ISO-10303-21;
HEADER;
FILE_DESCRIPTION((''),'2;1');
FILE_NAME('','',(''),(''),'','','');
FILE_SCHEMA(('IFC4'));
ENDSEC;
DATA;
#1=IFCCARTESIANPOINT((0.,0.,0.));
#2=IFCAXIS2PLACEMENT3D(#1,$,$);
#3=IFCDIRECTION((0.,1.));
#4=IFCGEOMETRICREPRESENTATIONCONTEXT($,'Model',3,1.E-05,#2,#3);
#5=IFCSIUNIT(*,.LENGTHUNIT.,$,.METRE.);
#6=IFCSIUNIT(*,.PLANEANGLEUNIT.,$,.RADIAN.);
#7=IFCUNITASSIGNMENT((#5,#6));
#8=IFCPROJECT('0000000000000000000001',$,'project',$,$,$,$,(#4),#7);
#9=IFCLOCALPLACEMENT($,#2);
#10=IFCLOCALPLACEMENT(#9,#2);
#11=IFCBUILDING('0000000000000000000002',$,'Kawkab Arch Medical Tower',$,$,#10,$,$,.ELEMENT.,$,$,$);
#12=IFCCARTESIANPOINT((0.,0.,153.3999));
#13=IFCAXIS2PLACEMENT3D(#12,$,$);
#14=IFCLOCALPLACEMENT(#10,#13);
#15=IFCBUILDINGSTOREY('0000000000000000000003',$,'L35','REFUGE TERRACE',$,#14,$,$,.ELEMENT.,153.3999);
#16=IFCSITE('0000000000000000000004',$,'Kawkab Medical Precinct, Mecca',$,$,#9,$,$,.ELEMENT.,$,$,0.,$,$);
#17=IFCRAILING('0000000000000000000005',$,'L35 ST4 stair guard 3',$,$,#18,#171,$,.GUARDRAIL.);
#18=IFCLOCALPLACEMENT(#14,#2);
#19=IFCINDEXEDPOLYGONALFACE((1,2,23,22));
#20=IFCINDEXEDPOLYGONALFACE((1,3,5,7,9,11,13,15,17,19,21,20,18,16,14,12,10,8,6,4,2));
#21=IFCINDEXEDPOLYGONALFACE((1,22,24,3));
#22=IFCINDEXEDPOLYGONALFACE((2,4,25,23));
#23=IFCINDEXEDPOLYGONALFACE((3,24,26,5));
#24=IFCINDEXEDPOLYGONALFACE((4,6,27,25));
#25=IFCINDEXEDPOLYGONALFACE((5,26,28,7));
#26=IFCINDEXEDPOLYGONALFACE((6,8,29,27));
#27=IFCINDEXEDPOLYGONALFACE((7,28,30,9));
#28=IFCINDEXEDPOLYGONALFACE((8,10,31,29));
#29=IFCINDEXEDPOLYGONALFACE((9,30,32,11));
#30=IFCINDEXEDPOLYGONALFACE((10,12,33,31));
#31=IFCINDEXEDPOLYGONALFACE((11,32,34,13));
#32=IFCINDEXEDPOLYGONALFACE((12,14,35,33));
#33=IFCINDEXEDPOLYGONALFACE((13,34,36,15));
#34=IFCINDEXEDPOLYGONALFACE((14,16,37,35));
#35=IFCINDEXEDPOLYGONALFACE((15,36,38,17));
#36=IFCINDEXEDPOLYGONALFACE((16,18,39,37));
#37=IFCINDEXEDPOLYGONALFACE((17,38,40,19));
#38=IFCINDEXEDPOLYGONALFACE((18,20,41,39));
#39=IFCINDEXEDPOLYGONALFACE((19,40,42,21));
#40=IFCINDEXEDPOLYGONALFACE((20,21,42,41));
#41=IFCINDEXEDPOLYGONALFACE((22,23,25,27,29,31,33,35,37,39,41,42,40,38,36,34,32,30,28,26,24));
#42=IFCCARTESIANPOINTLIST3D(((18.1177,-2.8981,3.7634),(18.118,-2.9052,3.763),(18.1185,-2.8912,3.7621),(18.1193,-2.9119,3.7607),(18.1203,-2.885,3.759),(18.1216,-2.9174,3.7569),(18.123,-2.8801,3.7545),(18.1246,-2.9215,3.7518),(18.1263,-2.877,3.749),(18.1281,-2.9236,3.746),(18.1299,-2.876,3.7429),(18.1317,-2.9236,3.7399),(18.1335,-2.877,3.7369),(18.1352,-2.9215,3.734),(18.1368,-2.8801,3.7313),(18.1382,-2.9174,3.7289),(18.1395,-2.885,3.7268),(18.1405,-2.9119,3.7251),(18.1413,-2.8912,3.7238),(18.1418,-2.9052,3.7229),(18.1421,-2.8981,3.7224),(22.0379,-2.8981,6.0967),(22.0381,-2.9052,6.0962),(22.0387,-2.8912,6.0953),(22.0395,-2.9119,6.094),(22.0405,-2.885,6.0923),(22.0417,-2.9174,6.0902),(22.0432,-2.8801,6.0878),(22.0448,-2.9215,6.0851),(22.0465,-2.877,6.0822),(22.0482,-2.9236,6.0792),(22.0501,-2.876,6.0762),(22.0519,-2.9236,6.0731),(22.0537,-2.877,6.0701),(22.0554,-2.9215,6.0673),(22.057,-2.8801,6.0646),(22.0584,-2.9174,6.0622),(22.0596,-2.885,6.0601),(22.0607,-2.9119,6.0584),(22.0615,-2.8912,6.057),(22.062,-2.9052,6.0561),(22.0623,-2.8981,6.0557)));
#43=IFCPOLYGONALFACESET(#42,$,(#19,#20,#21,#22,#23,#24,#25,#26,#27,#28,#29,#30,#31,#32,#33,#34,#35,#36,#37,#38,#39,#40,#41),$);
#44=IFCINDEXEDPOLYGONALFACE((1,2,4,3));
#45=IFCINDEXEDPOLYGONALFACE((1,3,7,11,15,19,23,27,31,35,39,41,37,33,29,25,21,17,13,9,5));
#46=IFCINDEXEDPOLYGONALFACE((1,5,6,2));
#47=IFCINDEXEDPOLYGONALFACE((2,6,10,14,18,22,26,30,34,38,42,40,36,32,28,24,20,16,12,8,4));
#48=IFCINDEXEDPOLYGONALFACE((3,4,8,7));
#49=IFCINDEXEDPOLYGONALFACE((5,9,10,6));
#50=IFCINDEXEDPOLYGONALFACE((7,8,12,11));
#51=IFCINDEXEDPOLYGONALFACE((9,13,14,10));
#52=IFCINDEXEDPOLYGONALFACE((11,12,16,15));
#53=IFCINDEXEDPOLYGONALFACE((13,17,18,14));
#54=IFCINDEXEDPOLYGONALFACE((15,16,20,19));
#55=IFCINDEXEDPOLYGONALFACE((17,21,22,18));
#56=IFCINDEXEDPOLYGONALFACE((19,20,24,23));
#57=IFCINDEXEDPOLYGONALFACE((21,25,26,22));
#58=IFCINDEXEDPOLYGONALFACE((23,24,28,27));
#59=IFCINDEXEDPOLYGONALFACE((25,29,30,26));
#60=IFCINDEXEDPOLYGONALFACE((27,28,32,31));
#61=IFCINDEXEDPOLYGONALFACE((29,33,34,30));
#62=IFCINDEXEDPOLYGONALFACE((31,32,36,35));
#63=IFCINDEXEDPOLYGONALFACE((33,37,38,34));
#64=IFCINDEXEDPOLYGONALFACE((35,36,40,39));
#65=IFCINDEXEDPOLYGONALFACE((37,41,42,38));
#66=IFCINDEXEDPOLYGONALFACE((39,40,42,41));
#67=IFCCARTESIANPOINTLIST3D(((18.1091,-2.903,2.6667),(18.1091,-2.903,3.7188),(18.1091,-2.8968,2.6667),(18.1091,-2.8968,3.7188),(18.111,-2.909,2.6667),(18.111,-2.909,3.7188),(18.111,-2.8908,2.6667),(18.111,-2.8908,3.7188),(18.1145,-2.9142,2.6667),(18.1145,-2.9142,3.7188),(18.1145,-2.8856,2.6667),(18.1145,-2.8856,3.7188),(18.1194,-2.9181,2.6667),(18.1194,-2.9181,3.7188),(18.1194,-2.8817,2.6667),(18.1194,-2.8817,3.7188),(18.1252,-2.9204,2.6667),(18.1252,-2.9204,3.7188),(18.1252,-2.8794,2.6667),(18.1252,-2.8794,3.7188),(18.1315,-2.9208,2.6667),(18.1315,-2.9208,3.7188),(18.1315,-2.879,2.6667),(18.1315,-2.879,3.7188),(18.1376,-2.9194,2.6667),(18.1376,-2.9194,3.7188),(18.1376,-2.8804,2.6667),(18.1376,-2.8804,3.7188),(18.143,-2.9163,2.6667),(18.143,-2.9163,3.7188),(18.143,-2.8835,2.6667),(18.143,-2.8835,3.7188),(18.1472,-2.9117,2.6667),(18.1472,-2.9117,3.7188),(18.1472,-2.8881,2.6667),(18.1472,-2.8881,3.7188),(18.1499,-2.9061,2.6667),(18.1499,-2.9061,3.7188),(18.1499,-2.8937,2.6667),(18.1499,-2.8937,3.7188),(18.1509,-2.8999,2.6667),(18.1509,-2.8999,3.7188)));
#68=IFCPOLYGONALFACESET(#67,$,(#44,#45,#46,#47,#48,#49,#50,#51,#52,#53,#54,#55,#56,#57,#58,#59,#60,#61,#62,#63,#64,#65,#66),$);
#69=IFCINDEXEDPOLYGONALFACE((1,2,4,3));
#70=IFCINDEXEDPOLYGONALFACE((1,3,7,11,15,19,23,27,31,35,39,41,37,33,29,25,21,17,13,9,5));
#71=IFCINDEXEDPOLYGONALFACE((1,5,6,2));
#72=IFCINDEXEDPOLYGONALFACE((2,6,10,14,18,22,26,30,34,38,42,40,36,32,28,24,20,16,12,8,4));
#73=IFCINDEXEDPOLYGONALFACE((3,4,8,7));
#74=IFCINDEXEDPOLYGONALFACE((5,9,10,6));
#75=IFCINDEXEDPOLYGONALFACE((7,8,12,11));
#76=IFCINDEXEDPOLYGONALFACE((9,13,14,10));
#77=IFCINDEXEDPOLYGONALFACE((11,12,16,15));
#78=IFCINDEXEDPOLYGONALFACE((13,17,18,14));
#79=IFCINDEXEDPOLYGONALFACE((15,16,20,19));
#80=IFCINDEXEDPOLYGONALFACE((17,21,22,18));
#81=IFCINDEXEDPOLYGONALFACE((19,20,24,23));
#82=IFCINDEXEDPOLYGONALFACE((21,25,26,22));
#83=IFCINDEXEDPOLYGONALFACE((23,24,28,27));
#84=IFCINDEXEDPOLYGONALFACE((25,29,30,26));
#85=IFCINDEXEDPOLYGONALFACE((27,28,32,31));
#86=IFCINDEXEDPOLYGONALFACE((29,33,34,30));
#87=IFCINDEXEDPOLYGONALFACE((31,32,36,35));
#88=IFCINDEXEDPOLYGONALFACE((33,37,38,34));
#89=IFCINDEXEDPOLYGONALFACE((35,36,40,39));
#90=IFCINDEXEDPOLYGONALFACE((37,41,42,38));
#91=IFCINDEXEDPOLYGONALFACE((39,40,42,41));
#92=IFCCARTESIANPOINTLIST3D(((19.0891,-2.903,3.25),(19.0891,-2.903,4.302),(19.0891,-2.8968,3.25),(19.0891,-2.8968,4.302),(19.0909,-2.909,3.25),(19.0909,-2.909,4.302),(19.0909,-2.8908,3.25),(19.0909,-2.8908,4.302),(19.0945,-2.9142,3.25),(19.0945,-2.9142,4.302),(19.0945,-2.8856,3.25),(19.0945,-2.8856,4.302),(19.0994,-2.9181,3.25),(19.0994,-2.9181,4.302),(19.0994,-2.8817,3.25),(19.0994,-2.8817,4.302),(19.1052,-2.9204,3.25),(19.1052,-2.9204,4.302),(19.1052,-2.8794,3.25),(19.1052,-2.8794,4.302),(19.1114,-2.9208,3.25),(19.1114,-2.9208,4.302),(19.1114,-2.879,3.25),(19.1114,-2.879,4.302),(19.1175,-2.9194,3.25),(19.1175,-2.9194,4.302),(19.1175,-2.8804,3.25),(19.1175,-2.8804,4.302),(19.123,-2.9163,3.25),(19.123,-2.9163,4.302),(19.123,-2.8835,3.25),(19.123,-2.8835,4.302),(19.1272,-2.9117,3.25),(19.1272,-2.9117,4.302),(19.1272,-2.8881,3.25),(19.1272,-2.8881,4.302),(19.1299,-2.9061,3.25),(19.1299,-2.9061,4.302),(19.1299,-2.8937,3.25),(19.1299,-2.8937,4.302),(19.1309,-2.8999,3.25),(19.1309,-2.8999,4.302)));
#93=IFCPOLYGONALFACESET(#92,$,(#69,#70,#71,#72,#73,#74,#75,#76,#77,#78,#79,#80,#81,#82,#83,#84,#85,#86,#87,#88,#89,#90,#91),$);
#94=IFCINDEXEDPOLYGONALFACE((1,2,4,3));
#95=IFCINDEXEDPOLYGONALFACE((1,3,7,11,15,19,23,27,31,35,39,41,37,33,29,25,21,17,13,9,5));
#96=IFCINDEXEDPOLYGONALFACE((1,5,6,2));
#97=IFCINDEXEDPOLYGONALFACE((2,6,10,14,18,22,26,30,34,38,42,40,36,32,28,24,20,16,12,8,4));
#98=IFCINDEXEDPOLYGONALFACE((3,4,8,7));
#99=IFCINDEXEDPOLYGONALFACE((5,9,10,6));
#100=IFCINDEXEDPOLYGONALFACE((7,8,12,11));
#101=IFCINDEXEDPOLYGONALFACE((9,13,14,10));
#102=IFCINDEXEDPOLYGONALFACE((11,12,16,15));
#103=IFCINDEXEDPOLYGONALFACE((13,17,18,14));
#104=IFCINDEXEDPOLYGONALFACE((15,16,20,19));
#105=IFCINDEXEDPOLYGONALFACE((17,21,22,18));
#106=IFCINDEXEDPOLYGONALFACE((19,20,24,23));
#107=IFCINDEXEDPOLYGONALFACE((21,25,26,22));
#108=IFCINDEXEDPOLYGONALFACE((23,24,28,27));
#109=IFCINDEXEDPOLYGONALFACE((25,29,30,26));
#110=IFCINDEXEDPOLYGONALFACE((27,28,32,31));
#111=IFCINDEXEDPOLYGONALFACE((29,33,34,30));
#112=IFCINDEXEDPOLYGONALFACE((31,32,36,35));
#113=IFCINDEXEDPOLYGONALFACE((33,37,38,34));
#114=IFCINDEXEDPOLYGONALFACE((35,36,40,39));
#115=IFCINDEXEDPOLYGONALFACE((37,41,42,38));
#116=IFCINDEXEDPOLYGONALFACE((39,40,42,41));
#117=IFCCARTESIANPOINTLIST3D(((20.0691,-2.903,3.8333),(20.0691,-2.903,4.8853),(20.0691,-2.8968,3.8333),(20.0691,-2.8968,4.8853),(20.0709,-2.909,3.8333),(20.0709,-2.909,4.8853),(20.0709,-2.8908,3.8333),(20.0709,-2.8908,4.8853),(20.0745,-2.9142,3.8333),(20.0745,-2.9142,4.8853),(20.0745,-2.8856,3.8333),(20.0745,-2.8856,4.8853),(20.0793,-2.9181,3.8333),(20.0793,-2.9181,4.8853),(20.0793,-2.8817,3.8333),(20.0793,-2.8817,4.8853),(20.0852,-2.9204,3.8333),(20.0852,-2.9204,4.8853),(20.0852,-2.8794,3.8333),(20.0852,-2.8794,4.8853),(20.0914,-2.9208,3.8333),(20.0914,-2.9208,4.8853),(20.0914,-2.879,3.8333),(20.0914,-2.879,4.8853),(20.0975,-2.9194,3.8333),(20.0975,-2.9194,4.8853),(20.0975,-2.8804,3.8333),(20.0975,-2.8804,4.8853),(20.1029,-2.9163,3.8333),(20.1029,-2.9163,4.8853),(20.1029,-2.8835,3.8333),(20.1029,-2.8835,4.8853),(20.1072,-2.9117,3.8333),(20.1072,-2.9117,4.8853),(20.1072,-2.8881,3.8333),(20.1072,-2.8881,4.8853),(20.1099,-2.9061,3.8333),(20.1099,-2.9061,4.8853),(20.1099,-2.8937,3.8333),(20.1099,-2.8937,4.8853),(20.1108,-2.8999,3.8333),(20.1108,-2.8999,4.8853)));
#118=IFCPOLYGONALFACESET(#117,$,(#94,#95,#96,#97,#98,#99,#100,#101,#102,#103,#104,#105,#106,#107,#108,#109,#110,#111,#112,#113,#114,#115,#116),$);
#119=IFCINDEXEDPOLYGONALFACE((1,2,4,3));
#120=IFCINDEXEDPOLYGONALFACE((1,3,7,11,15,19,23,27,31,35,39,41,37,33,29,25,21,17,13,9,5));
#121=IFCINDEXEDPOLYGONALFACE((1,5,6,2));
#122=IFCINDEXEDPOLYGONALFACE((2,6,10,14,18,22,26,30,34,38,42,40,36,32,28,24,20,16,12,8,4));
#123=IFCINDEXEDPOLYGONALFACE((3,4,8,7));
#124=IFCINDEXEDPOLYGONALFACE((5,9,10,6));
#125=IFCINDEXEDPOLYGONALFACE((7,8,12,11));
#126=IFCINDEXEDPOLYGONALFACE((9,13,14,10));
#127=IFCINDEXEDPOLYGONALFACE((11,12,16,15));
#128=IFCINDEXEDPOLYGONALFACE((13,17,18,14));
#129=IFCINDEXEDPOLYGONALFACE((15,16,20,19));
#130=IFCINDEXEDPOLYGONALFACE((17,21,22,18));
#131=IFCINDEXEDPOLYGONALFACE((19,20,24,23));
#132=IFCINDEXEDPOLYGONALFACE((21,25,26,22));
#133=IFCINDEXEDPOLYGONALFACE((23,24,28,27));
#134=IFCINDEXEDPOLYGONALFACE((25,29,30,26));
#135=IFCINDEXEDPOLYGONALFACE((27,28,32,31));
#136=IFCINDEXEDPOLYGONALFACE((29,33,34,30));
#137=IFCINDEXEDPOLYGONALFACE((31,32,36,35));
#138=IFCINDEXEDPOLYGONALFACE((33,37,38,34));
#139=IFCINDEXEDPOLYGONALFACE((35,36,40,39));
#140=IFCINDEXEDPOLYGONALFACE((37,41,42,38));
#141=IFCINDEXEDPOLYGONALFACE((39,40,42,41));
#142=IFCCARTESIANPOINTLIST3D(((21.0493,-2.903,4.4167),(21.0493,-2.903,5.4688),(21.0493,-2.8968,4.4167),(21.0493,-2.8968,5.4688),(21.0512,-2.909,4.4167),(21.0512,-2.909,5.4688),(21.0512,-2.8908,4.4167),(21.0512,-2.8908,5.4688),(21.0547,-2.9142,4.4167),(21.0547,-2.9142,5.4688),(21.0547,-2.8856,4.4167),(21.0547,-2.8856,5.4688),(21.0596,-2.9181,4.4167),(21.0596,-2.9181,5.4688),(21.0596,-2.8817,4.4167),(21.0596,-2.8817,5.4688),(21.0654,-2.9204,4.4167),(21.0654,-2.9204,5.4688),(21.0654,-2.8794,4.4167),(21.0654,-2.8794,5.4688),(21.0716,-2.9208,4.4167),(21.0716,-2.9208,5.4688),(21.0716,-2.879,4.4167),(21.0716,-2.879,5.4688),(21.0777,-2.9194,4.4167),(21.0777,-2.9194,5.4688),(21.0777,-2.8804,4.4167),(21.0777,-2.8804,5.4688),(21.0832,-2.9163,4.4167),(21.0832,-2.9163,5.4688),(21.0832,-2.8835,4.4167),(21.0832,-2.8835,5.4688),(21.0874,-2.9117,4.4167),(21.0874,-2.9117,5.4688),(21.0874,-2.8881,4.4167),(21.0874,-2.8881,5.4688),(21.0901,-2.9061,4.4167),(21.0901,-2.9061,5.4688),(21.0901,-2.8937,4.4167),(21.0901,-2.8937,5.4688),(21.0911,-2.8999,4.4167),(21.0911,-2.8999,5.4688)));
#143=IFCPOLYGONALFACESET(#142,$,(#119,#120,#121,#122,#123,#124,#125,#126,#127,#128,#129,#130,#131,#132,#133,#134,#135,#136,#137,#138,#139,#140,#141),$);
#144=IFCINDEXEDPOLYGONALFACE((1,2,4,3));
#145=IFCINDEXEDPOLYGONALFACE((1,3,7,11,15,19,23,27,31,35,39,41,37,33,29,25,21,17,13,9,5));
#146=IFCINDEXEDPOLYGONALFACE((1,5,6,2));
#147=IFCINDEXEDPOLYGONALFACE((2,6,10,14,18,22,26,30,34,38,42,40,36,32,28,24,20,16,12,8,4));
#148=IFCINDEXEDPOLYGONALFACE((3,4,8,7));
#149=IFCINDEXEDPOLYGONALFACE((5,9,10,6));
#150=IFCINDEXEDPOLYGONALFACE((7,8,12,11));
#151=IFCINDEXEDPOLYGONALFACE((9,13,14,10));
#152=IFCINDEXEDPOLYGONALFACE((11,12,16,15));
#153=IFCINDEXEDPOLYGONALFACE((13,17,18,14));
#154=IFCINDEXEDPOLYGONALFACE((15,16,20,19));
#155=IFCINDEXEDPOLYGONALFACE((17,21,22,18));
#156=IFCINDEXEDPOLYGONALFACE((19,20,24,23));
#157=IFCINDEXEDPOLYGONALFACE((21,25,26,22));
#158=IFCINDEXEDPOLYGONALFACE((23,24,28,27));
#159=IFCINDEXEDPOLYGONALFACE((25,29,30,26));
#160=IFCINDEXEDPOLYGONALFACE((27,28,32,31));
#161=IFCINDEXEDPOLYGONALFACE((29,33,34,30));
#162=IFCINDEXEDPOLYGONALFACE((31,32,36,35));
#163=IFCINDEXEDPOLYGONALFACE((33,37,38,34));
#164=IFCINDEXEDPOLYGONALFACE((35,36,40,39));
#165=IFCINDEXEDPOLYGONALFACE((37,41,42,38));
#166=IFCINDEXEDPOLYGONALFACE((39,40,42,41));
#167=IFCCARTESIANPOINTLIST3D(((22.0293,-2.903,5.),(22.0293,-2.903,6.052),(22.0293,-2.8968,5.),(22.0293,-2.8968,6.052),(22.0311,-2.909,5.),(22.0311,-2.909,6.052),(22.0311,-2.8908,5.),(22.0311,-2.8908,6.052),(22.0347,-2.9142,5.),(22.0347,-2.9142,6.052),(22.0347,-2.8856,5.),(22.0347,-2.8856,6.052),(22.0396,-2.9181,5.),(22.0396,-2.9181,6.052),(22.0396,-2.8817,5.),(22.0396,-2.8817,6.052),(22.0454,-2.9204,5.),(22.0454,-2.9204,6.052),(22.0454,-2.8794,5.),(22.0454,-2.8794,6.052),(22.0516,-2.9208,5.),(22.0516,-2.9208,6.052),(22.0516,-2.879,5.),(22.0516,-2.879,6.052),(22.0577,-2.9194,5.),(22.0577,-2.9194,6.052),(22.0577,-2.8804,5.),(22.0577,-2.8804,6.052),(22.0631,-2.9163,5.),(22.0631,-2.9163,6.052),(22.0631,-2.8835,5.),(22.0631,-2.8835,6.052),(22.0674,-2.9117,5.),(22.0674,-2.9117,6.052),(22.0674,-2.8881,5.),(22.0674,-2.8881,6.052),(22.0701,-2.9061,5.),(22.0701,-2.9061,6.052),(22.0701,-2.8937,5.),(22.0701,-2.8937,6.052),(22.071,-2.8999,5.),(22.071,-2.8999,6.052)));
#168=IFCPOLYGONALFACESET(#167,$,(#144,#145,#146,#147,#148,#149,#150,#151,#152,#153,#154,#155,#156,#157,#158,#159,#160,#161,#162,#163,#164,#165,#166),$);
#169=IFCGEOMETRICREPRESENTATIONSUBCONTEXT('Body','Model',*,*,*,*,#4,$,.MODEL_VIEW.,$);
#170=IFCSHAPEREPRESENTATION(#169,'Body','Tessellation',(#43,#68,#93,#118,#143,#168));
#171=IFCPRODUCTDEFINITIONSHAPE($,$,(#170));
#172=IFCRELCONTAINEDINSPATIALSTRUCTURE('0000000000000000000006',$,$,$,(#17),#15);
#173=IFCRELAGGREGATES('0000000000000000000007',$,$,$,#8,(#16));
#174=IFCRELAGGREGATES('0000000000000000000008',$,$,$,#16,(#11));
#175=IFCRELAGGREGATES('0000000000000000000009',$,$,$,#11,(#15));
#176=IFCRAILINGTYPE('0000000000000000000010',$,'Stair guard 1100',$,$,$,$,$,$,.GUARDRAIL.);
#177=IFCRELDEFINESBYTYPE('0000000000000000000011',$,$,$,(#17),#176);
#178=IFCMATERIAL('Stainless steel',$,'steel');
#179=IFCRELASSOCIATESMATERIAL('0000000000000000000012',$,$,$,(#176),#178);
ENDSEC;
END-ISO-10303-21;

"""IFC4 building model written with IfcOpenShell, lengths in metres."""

from ifc_helpers import new_model, si_unit, direction, frame, origin, origin_2d, place, context, subcontext, project, spatial, circle, extrude, material, type_object, element, save


model = new_model("IFC4")

# Units and contexts
model_context = context("Model", 3, precision=1e-05, world=origin(), true_north=direction((0.0, 1.0)))
body_context = subcontext(model_context, "Body", "Model", "MODEL_VIEW")
ifc_project = project(units=[si_unit("LENGTHUNIT", "METRE"), si_unit("PLANEANGLEUNIT", "RADIAN")], contexts=[model_context])

# Site, building, storey
site_placement = place(None, origin())
site = spatial("IfcSite", under=ifc_project, at=site_placement, Name="Kawkab Medical Precinct, Mecca", CompositionType="ELEMENT", RefElevation=0.0)
building_placement = place(site_placement, origin())
building = spatial("IfcBuilding", under=site, at=building_placement, Name="Kawkab Arch Medical Tower", CompositionType="ELEMENT")
storey_placement = place(building_placement, frame((0.0, 0.0, 153.3999)))
storey = spatial("IfcBuildingStorey", under=building, at=storey_placement, Name="L35", Description="REFUGE TERRACE", CompositionType="ELEMENT", Elevation=153.3999)

# Railing
ifc_material_1 = material(Name="Stainless steel", Category="steel")
railing_type = type_object("IfcRailingType", Name="Stair guard 1100", PredefinedType="GUARDRAIL", material=ifc_material_1)
railing_1_placement = place(storey_placement, frame((18.1299, -2.8999, 2.6667)))
element("IfcRailing", 1, at=railing_1_placement, inside=storey, type_object=railing_type, Name="L35 ST4 stair guard 3", PredefinedType="GUARDRAIL", context=body_context, shape_type="SweptSolid", body=[
    extrude(circle(Radius=0.0239, at=origin_2d()), frame((0.0, 0.0, 1.0762), z_axis=(0.85931, 0.0, 0.511455), x_axis=(0.0, 1.0, 0.0)), (0.0, 0.0, 1.0), 4.562),
    extrude(circle(Radius=0.021, at=origin_2d()), origin(), (0.0, 0.0, 1.0), 1.052),
    extrude(circle(Radius=0.021, at=origin_2d()), frame((0.98, 0.0, 0.5833)), (0.0, 0.0, 1.0), 1.052),
    extrude(circle(Radius=0.021, at=origin_2d()), frame((1.96, 0.0, 1.1665)), (0.0, 0.0, 1.0), 1.052),
    extrude(circle(Radius=0.021, at=origin_2d()), frame((2.9402, 0.0, 1.75)), (0.0, 0.0, 1.0), 1.052),
    extrude(circle(Radius=0.021, at=origin_2d()), frame((3.9202, 0.0, 2.3333)), (0.0, 0.0, 1.0), 1.052),
])

save(model, "model.ifc")
